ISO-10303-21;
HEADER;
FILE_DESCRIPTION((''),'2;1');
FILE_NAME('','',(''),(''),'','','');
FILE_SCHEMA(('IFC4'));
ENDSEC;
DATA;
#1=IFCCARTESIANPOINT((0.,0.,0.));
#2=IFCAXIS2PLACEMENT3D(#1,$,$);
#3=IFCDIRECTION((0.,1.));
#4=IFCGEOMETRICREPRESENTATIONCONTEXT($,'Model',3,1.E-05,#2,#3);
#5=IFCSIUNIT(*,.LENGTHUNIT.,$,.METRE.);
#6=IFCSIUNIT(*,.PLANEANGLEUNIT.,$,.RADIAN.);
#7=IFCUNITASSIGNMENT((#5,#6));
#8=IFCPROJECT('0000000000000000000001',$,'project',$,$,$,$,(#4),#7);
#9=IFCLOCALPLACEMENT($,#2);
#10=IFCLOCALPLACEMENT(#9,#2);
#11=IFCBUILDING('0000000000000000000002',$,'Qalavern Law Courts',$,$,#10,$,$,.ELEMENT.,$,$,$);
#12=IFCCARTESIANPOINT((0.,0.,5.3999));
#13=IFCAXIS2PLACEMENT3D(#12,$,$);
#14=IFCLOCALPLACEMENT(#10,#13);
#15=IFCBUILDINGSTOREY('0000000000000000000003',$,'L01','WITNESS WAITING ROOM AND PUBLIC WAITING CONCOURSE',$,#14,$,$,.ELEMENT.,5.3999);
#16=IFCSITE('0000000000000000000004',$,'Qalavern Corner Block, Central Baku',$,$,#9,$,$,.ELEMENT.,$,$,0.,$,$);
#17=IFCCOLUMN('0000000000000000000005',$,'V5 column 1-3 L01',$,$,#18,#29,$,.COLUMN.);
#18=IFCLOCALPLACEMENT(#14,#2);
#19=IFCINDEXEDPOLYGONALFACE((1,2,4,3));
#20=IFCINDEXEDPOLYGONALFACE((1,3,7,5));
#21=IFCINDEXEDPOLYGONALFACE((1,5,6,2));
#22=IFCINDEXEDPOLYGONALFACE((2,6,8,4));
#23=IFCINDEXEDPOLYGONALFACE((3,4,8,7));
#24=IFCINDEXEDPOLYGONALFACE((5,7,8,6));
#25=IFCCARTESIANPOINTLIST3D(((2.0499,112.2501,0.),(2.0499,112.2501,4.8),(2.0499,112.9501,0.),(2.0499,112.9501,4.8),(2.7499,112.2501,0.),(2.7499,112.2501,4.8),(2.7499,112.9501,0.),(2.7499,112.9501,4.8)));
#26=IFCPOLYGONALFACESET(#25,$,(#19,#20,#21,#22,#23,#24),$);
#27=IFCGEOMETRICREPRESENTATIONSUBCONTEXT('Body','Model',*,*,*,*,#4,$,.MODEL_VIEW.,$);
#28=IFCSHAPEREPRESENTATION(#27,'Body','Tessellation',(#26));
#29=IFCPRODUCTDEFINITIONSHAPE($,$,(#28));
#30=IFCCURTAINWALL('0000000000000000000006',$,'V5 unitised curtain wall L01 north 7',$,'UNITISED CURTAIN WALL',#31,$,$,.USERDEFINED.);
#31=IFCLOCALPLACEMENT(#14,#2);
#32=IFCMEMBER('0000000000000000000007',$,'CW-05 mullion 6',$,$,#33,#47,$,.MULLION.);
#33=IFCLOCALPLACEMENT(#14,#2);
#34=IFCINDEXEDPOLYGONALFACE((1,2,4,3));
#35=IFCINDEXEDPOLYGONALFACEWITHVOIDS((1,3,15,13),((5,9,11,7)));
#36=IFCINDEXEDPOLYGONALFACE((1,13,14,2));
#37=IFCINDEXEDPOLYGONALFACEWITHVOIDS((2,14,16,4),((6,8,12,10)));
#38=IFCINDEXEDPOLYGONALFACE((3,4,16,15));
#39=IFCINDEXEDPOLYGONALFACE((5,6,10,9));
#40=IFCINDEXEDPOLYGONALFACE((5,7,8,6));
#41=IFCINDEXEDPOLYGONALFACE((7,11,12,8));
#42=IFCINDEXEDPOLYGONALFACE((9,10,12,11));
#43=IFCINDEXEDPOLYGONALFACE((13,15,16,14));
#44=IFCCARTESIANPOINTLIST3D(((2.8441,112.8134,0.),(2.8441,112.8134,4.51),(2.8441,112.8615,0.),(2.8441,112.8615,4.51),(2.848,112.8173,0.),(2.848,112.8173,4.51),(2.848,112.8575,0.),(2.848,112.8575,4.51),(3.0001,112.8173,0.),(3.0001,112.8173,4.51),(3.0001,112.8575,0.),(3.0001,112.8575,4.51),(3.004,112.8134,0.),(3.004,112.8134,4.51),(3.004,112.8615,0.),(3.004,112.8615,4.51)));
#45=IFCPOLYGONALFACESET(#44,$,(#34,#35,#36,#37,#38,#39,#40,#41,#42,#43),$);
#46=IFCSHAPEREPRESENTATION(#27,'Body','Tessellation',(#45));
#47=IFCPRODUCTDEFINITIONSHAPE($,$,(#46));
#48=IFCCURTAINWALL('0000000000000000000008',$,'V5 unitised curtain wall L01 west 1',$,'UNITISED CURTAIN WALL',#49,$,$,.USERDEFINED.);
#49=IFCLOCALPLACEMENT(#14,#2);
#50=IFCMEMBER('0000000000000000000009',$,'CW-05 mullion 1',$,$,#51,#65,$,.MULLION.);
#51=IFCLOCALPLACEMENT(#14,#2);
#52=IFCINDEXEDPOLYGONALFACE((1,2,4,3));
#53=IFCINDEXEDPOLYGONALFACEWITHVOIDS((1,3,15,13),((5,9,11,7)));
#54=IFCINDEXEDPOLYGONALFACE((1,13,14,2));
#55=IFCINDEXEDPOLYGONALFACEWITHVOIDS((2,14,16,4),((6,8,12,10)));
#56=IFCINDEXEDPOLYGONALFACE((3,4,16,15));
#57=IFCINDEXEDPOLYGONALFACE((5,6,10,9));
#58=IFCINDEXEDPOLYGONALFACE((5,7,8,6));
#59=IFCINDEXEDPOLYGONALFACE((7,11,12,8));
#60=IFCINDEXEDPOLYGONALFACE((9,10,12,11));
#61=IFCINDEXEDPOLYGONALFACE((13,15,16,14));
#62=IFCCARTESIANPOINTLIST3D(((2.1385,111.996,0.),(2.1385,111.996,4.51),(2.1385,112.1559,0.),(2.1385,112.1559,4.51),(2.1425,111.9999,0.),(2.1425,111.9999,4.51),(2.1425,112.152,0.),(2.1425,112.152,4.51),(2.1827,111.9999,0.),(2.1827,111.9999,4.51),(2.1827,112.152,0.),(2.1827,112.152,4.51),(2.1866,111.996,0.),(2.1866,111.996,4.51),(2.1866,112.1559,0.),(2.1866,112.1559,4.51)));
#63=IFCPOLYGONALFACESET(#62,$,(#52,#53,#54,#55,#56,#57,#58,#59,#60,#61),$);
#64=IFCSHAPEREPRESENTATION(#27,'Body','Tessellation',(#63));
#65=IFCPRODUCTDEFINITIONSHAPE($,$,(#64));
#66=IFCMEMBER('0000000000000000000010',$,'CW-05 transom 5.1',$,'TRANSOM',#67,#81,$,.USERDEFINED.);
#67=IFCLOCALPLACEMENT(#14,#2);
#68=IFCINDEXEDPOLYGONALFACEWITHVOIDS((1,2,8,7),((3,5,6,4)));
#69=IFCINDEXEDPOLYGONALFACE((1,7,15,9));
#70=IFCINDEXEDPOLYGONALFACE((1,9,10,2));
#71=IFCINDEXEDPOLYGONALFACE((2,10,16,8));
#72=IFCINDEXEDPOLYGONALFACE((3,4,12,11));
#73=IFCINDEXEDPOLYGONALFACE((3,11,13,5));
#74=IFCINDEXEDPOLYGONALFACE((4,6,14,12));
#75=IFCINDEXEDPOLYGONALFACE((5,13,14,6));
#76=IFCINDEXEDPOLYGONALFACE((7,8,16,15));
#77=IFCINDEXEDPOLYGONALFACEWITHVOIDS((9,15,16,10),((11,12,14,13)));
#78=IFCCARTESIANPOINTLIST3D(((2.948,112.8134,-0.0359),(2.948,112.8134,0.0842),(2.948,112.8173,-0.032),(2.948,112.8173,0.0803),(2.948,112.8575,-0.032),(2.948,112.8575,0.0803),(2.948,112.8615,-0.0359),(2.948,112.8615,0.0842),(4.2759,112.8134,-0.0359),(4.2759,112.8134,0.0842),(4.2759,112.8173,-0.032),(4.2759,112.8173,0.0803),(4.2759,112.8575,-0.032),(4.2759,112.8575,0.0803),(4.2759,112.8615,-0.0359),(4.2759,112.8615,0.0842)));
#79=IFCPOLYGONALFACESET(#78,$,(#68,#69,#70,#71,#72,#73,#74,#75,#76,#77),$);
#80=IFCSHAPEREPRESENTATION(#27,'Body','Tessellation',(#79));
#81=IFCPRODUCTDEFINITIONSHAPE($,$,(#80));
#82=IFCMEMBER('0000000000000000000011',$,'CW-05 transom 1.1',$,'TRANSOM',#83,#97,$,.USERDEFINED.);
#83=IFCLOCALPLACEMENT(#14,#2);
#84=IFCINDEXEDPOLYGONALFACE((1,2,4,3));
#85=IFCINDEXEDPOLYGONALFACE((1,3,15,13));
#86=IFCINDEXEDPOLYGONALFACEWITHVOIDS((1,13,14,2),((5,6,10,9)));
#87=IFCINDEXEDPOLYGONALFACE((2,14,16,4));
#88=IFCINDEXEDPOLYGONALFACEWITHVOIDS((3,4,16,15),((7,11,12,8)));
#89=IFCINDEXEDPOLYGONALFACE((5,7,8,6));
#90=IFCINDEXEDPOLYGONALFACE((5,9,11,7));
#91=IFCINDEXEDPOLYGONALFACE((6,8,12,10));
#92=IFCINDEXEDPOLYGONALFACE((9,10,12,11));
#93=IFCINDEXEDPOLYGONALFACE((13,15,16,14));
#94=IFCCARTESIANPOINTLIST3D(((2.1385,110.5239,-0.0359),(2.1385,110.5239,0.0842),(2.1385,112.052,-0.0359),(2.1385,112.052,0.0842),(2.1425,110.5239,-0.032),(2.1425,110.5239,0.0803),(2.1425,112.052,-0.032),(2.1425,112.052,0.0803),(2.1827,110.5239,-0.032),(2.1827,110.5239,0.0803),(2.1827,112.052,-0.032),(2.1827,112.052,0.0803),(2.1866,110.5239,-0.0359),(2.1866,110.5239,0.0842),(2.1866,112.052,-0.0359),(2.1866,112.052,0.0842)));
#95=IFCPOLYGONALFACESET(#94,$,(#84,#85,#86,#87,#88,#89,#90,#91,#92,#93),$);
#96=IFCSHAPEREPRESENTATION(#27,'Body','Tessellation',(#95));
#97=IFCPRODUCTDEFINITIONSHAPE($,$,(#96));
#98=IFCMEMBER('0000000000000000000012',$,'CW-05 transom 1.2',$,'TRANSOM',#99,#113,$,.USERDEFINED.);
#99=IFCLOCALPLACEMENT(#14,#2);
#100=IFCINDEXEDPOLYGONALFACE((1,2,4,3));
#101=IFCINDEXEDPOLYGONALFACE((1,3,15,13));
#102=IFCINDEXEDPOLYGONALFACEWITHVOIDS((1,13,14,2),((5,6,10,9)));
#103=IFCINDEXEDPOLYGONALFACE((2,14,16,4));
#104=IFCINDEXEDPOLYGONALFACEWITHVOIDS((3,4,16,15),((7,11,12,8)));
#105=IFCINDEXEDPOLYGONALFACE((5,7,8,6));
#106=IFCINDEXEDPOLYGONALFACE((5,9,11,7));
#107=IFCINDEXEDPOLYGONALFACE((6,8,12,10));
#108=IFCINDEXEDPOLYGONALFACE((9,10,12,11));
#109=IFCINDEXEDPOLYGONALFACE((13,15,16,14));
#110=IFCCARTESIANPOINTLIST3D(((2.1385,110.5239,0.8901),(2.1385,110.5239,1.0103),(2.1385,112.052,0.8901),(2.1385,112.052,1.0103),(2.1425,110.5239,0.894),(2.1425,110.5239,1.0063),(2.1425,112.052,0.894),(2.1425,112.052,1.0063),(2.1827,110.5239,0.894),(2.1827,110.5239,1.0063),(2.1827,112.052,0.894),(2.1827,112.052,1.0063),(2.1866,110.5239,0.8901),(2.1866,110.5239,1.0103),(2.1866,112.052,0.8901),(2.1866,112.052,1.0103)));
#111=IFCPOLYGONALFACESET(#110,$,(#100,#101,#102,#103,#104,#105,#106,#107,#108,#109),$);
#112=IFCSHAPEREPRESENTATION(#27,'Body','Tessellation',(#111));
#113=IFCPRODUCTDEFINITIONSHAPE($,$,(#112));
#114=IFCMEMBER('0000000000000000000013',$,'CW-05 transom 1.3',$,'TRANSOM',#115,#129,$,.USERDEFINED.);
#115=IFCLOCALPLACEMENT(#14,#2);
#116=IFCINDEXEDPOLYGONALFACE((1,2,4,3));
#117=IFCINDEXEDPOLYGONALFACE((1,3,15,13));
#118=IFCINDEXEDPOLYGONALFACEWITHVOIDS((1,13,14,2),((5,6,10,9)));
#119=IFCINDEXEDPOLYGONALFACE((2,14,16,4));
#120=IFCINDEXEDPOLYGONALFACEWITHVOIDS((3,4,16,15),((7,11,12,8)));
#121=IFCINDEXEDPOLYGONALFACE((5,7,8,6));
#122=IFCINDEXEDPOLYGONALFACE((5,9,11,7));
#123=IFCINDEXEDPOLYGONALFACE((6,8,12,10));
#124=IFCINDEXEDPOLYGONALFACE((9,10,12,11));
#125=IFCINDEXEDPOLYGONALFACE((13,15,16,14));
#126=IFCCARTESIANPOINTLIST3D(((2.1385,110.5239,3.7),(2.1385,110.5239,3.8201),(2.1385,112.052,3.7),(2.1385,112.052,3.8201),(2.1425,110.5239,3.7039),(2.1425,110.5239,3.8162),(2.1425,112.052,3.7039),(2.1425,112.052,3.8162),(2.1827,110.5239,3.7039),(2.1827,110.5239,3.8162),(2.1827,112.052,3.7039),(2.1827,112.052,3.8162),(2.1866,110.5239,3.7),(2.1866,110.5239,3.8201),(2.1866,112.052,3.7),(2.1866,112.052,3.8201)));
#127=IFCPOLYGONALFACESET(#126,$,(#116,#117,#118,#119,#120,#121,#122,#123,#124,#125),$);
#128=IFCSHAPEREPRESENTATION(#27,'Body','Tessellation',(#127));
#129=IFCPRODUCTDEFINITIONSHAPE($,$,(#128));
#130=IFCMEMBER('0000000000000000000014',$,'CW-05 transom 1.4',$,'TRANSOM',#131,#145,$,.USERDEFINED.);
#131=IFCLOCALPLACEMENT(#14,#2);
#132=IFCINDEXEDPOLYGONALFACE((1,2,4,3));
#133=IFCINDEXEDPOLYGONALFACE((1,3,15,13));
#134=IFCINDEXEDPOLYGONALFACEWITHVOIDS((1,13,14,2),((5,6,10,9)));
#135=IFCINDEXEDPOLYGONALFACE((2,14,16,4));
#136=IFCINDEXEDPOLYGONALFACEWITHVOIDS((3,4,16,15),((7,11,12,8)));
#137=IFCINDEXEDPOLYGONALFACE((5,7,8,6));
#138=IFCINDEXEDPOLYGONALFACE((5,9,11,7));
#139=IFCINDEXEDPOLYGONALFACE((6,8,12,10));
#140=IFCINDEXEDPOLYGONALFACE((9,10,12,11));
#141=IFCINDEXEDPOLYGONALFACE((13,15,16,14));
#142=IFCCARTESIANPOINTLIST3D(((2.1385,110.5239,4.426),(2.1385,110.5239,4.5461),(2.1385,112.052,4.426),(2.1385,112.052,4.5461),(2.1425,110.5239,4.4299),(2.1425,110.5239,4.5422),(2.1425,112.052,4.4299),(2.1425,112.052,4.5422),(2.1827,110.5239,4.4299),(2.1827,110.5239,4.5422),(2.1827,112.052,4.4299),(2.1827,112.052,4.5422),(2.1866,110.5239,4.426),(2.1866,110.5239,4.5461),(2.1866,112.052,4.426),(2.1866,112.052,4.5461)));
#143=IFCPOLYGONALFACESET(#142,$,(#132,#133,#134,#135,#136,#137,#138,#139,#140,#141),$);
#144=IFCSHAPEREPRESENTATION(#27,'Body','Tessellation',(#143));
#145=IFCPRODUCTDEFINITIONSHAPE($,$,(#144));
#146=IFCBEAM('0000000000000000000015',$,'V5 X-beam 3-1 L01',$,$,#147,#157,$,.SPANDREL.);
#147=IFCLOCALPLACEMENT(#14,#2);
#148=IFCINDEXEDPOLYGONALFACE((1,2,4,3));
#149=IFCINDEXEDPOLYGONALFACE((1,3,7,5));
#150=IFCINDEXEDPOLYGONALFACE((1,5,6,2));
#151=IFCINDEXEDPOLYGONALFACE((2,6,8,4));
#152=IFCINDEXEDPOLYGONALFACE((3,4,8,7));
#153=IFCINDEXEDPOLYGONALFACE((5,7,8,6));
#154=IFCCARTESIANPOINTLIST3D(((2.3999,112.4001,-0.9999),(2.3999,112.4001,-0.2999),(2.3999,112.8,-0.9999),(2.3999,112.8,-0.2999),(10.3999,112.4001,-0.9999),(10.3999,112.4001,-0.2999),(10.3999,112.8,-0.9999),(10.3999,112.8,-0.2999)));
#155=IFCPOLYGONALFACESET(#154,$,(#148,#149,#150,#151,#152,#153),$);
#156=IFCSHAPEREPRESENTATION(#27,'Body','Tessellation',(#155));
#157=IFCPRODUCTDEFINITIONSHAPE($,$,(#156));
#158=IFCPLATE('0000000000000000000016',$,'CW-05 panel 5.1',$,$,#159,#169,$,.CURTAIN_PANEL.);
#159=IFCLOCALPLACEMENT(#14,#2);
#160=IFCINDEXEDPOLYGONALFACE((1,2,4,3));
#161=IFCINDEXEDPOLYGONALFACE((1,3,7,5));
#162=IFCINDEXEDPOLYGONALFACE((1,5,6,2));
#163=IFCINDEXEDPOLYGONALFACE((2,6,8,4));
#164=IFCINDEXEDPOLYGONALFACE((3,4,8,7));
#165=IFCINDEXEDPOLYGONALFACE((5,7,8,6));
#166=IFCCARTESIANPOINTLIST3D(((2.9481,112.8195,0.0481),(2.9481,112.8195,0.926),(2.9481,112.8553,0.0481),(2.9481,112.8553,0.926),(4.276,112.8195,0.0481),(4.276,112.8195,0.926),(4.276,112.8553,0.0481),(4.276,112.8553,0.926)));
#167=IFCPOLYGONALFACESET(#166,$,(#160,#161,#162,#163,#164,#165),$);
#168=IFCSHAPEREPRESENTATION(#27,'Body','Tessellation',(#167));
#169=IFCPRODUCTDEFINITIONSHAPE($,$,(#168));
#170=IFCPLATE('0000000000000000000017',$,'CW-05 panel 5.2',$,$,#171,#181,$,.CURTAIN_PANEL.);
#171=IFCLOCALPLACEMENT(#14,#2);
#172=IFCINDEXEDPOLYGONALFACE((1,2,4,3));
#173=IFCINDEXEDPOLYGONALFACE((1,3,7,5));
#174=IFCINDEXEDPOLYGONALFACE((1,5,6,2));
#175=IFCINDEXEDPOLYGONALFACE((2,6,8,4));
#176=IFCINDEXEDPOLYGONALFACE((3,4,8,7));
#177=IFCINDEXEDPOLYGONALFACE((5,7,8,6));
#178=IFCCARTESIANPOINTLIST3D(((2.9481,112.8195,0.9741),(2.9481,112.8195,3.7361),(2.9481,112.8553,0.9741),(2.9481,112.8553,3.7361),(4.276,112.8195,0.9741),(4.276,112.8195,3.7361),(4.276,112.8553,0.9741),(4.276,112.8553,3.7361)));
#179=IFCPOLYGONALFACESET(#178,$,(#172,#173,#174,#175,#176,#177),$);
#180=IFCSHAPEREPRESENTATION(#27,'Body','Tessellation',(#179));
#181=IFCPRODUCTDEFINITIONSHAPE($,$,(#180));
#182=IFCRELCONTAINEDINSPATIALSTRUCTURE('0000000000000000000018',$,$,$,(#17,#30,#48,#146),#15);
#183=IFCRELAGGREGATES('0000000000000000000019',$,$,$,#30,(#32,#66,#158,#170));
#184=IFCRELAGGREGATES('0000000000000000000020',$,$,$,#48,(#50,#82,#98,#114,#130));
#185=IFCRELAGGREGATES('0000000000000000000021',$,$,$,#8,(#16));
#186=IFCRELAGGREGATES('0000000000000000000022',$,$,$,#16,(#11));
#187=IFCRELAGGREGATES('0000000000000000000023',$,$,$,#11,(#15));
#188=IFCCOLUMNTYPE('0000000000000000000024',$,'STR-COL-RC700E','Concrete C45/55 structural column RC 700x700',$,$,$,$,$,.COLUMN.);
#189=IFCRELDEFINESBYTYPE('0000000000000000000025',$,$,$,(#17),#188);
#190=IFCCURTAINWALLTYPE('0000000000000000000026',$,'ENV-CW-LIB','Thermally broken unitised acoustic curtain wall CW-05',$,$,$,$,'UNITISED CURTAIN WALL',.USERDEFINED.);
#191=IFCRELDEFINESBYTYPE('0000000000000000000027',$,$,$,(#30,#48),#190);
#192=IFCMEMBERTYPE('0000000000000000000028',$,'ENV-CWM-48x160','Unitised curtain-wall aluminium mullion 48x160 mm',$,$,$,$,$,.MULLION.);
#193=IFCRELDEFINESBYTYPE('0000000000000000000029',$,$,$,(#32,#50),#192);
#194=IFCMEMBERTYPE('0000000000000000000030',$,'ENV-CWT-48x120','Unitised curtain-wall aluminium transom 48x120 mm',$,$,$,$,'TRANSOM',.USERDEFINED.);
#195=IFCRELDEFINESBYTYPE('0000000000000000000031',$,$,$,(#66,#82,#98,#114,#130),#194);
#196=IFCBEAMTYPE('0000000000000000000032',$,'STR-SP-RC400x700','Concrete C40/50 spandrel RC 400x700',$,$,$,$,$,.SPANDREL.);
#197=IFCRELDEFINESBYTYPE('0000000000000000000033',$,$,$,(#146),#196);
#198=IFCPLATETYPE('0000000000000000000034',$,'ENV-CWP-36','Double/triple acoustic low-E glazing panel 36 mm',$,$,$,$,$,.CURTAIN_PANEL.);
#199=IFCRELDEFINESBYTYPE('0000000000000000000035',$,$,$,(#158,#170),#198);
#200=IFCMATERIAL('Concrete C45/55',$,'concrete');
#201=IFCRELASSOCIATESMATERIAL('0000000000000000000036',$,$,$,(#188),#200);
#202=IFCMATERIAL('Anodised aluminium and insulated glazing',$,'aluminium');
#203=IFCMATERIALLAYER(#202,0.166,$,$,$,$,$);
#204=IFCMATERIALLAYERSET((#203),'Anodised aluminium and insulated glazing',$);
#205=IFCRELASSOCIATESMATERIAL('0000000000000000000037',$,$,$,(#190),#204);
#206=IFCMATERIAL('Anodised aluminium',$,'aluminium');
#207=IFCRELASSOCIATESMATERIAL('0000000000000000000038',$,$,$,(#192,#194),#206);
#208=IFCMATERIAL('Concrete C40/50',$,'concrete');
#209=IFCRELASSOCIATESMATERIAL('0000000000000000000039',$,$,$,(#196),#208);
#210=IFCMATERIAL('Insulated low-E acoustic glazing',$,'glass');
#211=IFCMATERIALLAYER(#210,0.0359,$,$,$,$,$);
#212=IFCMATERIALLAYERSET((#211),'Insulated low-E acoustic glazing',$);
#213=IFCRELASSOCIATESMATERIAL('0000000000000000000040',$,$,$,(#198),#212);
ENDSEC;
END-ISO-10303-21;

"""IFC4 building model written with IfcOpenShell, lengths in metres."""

from ifc_helpers import new_model, si_unit, direction, frame, origin, origin_2d, place, context, subcontext, project, spatial, rectangle, hollow_rectangle, extrude, material, layer, layer_set, material_profile, profile_set, type_object, element, aggregate, save


model = new_model("IFC4")

# Units and contexts
model_context = context("Model", 3, precision=1e-05, world=origin(), true_north=direction((0.0, 1.0)))
body_context = subcontext(model_context, "Body", "Model", "MODEL_VIEW")
ifc_project = project(units=[si_unit("LENGTHUNIT", "METRE"), si_unit("PLANEANGLEUNIT", "RADIAN")], contexts=[model_context])

# Site, building, storey
site_placement = place(None, origin())
site = spatial("IfcSite", under=ifc_project, at=site_placement, Name="Qalavern Corner Block, Central Baku", CompositionType="ELEMENT", RefElevation=0.0)
building_placement = place(site_placement, origin())
building = spatial("IfcBuilding", under=site, at=building_placement, Name="Qalavern Law Courts", CompositionType="ELEMENT")
storey_placement = place(building_placement, frame((0.0, 0.0, 5.3999)))
storey = spatial("IfcBuildingStorey", under=building, at=storey_placement, Name="L01", Description="WITNESS WAITING ROOM AND PUBLIC WAITING CONCOURSE", CompositionType="ELEMENT", Elevation=5.3999)

# Column
ifc_material_1 = material(Name="Concrete C45/55", Category="concrete")
ifc_material_profile_1 = material_profile(ifc_material_1, rectangle(XDim=0.7, YDim=0.7, at=origin_2d()), Name="RC 700x700")
ifc_profile_set_1 = profile_set([ifc_material_profile_1], Name="Concrete C45/55")
column_type = type_object("IfcColumnType", Name="STR-COL-RC700E", Description="Concrete C45/55 structural column RC 700x700", PredefinedType="COLUMN", material=ifc_profile_set_1)
column_placement = place(storey_placement, frame((2.3999, 112.6001, 0.0), z_axis=(0.0, 0.0, 1.0), x_axis=(1.0, 0.0, 0.0)))
element("IfcColumn", 1, at=column_placement, inside=storey, type_object=column_type, Name="V5 column 1-3 L01", PredefinedType="COLUMN", context=body_context, shape_type="SweptSolid", body=[
    extrude(rectangle(XDim=0.7, YDim=0.7, at=origin_2d()), origin(), (0.0, 0.0, 1.0), 4.8),
])

# Curtain walls, members
ifc_material_2 = material(Name="Anodised aluminium and insulated glazing", Category="aluminium")
ifc_layer_1 = layer(ifc_material_2, 0.166)
ifc_layer_set_1 = layer_set([ifc_layer_1], Name="Anodised aluminium and insulated glazing")
curtain_wall_type = type_object("IfcCurtainWallType", Name="ENV-CW-LIB", Description="Thermally broken unitised acoustic curtain wall CW-05", ElementType="UNITISED CURTAIN WALL", PredefinedType="USERDEFINED", material=ifc_layer_set_1)
curtain_wall_1_placement = place(storey_placement, origin())
curtain_wall_1 = element("IfcCurtainWall", 2, at=curtain_wall_1_placement, inside=storey, type_object=curtain_wall_type, Name="V5 unitised curtain wall L01 north 7", ObjectType="UNITISED CURTAIN WALL", PredefinedType="USERDEFINED")
ifc_material_3 = material(Name="Anodised aluminium", Category="aluminium")
ifc_material_profile_2 = material_profile(ifc_material_3, hollow_rectangle(XDim=0.0481, YDim=0.1599, WallThickness=0.0039, at=origin_2d()), Name="ALU MULLION 48x160")
ifc_profile_set_2 = profile_set([ifc_material_profile_2], Name="Anodised aluminium")
member_type_1 = type_object("IfcMemberType", Name="ENV-CWM-48x160", Description="Unitised curtain-wall aluminium mullion 48x160 mm", PredefinedType="MULLION", material=ifc_profile_set_2)
member_1_placement = place(storey_placement, frame((2.9241, 112.8374, 0.0), z_axis=(0.0, 0.0, 1.0), x_axis=(0.0, -1.0, 0.0)))
member_1 = element("IfcMember", 3, at=member_1_placement, type_object=member_type_1, Name="CW-05 mullion 6", PredefinedType="MULLION", context=body_context, shape_type="SweptSolid", body=[
    extrude(hollow_rectangle(XDim=0.0481, YDim=0.1599, WallThickness=0.0039, at=origin_2d()), origin(), (0.0, 0.0, 1.0), 4.51),
])
curtain_wall_2_placement = place(storey_placement, origin())
curtain_wall_2 = element("IfcCurtainWall", 4, at=curtain_wall_2_placement, inside=storey, type_object=curtain_wall_type, Name="V5 unitised curtain wall L01 west 1", ObjectType="UNITISED CURTAIN WALL", PredefinedType="USERDEFINED")
member_2_placement = place(storey_placement, frame((2.1626, 112.0759, 0.0), z_axis=(0.0, 0.0, 1.0), x_axis=(1.0, 0.0, 0.0)))
member_2 = element("IfcMember", 5, at=member_2_placement, type_object=member_type_1, Name="CW-05 mullion 1", PredefinedType="MULLION", context=body_context, shape_type="SweptSolid", body=[
    extrude(hollow_rectangle(XDim=0.0481, YDim=0.1599, WallThickness=0.0039, at=origin_2d()), origin(), (0.0, 0.0, 1.0), 4.51),
])

# Members
ifc_material_profile_3 = material_profile(ifc_material_3, hollow_rectangle(XDim=0.0481, YDim=0.1201, WallThickness=0.0039, at=origin_2d()), Name="ALU TRANSOM 48x120")
ifc_profile_set_3 = profile_set([ifc_material_profile_3], Name="Anodised aluminium")
member_type_2 = type_object("IfcMemberType", Name="ENV-CWT-48x120", Description="Unitised curtain-wall aluminium transom 48x120 mm", ElementType="TRANSOM", PredefinedType="USERDEFINED", material=ifc_profile_set_3)
member_3_placement = place(storey_placement, frame((4.2759, 112.8374, 0.0242), z_axis=(-1.0, 0.0, 0.0), x_axis=(0.0, -1.0, 0.0)))
member_3 = element("IfcMember", 6, at=member_3_placement, type_object=member_type_2, Name="CW-05 transom 5.1", ObjectType="TRANSOM", PredefinedType="USERDEFINED", context=body_context, shape_type="SweptSolid", body=[
    extrude(hollow_rectangle(XDim=0.0481, YDim=0.1201, WallThickness=0.0039, at=origin_2d()), origin(), (0.0, 0.0, 1.0), 1.3279),
])
member_4_placement = place(storey_placement, frame((2.1626, 112.052, 0.0242), z_axis=(0.0, -1.0, 0.0), x_axis=(1.0, 0.0, 0.0)))
member_4 = element("IfcMember", 7, at=member_4_placement, type_object=member_type_2, Name="CW-05 transom 1.1", ObjectType="TRANSOM", PredefinedType="USERDEFINED", context=body_context, shape_type="SweptSolid", body=[
    extrude(hollow_rectangle(XDim=0.0481, YDim=0.1201, WallThickness=0.0039, at=origin_2d()), origin(), (0.0, 0.0, 1.0), 1.5281),
])
member_5_placement = place(storey_placement, frame((2.1626, 112.052, 0.9502), z_axis=(0.0, -1.0, 0.0), x_axis=(1.0, 0.0, 0.0)))
member_5 = element("IfcMember", 8, at=member_5_placement, type_object=member_type_2, Name="CW-05 transom 1.2", ObjectType="TRANSOM", PredefinedType="USERDEFINED", context=body_context, shape_type="SweptSolid", body=[
    extrude(hollow_rectangle(XDim=0.0481, YDim=0.1201, WallThickness=0.0039, at=origin_2d()), origin(), (0.0, 0.0, 1.0), 1.5281),
])
member_6_placement = place(storey_placement, frame((2.1626, 112.052, 3.76), z_axis=(0.0, -1.0, 0.0), x_axis=(1.0, 0.0, 0.0)))
member_6 = element("IfcMember", 9, at=member_6_placement, type_object=member_type_2, Name="CW-05 transom 1.3", ObjectType="TRANSOM", PredefinedType="USERDEFINED", context=body_context, shape_type="SweptSolid", body=[
    extrude(hollow_rectangle(XDim=0.0481, YDim=0.1201, WallThickness=0.0039, at=origin_2d()), origin(), (0.0, 0.0, 1.0), 1.5281),
])
member_7_placement = place(storey_placement, frame((2.1626, 112.052, 4.4861), z_axis=(0.0, -1.0, 0.0), x_axis=(1.0, 0.0, 0.0)))
member_7 = element("IfcMember", 10, at=member_7_placement, type_object=member_type_2, Name="CW-05 transom 1.4", ObjectType="TRANSOM", PredefinedType="USERDEFINED", context=body_context, shape_type="SweptSolid", body=[
    extrude(hollow_rectangle(XDim=0.0481, YDim=0.1201, WallThickness=0.0039, at=origin_2d()), origin(), (0.0, 0.0, 1.0), 1.5281),
])

# Beam
ifc_material_4 = material(Name="Concrete C40/50", Category="concrete")
ifc_material_profile_4 = material_profile(ifc_material_4, rectangle(XDim=0.3999, YDim=0.7, at=origin_2d()), Name="RC 400x700")
ifc_profile_set_4 = profile_set([ifc_material_profile_4], Name="Concrete C40/50")
beam_type = type_object("IfcBeamType", Name="STR-SP-RC400x700", Description="Concrete C40/50 spandrel RC 400x700", PredefinedType="SPANDREL", material=ifc_profile_set_4)
beam_placement = place(storey_placement, frame((2.3999, 112.6001, -0.6499), z_axis=(1.0, 0.0, 0.0), x_axis=(0.0, 1.0, 0.0)))
element("IfcBeam", 11, at=beam_placement, inside=storey, type_object=beam_type, Name="V5 X-beam 3-1 L01", PredefinedType="SPANDREL", context=body_context, shape_type="SweptSolid", body=[
    extrude(rectangle(XDim=0.3999, YDim=0.7, at=origin_2d()), origin(), (0.0, 0.0, 1.0), 8.0),
])

# Plates
ifc_material_5 = material(Name="Insulated low-E acoustic glazing", Category="glass")
ifc_layer_2 = layer(ifc_material_5, 0.0359)
ifc_layer_set_2 = layer_set([ifc_layer_2], Name="Insulated low-E acoustic glazing")
plate_type_1 = type_object("IfcPlateType", Name="ENV-CWP-36", Description="Double/triple acoustic low-E glazing panel 36 mm", PredefinedType="CURTAIN_PANEL", material=ifc_layer_set_2)
plate_1_placement = place(storey_placement, frame((3.6121, 112.8374, 0.0481), z_axis=(0.0, 0.0, 1.0), x_axis=(-1.0, 0.0, 0.0)))
plate_1 = element("IfcPlate", 12, at=plate_1_placement, type_object=plate_type_1, Name="CW-05 panel 5.1", PredefinedType="CURTAIN_PANEL", context=body_context, shape_type="SweptSolid", body=[
    extrude(rectangle(XDim=1.3279, YDim=0.0359, at=origin_2d()), origin(), (0.0, 0.0, 1.0), 0.8779),
])
plate_2_placement = place(storey_placement, frame((3.6121, 112.8374, 0.9741), z_axis=(0.0, 0.0, 1.0), x_axis=(-1.0, 0.0, 0.0)))
plate_2 = element("IfcPlate", 13, at=plate_2_placement, type_object=plate_type_1, Name="CW-05 panel 5.2", PredefinedType="CURTAIN_PANEL", context=body_context, shape_type="SweptSolid", body=[
    extrude(rectangle(XDim=1.3279, YDim=0.0359, at=origin_2d()), origin(), (0.0, 0.0, 1.0), 2.762),
])
aggregate(curtain_wall_1, [member_1, member_3, plate_1, plate_2])
aggregate(curtain_wall_2, [member_2, member_4, member_5, member_6, member_7])

save(model, "model.ifc")
